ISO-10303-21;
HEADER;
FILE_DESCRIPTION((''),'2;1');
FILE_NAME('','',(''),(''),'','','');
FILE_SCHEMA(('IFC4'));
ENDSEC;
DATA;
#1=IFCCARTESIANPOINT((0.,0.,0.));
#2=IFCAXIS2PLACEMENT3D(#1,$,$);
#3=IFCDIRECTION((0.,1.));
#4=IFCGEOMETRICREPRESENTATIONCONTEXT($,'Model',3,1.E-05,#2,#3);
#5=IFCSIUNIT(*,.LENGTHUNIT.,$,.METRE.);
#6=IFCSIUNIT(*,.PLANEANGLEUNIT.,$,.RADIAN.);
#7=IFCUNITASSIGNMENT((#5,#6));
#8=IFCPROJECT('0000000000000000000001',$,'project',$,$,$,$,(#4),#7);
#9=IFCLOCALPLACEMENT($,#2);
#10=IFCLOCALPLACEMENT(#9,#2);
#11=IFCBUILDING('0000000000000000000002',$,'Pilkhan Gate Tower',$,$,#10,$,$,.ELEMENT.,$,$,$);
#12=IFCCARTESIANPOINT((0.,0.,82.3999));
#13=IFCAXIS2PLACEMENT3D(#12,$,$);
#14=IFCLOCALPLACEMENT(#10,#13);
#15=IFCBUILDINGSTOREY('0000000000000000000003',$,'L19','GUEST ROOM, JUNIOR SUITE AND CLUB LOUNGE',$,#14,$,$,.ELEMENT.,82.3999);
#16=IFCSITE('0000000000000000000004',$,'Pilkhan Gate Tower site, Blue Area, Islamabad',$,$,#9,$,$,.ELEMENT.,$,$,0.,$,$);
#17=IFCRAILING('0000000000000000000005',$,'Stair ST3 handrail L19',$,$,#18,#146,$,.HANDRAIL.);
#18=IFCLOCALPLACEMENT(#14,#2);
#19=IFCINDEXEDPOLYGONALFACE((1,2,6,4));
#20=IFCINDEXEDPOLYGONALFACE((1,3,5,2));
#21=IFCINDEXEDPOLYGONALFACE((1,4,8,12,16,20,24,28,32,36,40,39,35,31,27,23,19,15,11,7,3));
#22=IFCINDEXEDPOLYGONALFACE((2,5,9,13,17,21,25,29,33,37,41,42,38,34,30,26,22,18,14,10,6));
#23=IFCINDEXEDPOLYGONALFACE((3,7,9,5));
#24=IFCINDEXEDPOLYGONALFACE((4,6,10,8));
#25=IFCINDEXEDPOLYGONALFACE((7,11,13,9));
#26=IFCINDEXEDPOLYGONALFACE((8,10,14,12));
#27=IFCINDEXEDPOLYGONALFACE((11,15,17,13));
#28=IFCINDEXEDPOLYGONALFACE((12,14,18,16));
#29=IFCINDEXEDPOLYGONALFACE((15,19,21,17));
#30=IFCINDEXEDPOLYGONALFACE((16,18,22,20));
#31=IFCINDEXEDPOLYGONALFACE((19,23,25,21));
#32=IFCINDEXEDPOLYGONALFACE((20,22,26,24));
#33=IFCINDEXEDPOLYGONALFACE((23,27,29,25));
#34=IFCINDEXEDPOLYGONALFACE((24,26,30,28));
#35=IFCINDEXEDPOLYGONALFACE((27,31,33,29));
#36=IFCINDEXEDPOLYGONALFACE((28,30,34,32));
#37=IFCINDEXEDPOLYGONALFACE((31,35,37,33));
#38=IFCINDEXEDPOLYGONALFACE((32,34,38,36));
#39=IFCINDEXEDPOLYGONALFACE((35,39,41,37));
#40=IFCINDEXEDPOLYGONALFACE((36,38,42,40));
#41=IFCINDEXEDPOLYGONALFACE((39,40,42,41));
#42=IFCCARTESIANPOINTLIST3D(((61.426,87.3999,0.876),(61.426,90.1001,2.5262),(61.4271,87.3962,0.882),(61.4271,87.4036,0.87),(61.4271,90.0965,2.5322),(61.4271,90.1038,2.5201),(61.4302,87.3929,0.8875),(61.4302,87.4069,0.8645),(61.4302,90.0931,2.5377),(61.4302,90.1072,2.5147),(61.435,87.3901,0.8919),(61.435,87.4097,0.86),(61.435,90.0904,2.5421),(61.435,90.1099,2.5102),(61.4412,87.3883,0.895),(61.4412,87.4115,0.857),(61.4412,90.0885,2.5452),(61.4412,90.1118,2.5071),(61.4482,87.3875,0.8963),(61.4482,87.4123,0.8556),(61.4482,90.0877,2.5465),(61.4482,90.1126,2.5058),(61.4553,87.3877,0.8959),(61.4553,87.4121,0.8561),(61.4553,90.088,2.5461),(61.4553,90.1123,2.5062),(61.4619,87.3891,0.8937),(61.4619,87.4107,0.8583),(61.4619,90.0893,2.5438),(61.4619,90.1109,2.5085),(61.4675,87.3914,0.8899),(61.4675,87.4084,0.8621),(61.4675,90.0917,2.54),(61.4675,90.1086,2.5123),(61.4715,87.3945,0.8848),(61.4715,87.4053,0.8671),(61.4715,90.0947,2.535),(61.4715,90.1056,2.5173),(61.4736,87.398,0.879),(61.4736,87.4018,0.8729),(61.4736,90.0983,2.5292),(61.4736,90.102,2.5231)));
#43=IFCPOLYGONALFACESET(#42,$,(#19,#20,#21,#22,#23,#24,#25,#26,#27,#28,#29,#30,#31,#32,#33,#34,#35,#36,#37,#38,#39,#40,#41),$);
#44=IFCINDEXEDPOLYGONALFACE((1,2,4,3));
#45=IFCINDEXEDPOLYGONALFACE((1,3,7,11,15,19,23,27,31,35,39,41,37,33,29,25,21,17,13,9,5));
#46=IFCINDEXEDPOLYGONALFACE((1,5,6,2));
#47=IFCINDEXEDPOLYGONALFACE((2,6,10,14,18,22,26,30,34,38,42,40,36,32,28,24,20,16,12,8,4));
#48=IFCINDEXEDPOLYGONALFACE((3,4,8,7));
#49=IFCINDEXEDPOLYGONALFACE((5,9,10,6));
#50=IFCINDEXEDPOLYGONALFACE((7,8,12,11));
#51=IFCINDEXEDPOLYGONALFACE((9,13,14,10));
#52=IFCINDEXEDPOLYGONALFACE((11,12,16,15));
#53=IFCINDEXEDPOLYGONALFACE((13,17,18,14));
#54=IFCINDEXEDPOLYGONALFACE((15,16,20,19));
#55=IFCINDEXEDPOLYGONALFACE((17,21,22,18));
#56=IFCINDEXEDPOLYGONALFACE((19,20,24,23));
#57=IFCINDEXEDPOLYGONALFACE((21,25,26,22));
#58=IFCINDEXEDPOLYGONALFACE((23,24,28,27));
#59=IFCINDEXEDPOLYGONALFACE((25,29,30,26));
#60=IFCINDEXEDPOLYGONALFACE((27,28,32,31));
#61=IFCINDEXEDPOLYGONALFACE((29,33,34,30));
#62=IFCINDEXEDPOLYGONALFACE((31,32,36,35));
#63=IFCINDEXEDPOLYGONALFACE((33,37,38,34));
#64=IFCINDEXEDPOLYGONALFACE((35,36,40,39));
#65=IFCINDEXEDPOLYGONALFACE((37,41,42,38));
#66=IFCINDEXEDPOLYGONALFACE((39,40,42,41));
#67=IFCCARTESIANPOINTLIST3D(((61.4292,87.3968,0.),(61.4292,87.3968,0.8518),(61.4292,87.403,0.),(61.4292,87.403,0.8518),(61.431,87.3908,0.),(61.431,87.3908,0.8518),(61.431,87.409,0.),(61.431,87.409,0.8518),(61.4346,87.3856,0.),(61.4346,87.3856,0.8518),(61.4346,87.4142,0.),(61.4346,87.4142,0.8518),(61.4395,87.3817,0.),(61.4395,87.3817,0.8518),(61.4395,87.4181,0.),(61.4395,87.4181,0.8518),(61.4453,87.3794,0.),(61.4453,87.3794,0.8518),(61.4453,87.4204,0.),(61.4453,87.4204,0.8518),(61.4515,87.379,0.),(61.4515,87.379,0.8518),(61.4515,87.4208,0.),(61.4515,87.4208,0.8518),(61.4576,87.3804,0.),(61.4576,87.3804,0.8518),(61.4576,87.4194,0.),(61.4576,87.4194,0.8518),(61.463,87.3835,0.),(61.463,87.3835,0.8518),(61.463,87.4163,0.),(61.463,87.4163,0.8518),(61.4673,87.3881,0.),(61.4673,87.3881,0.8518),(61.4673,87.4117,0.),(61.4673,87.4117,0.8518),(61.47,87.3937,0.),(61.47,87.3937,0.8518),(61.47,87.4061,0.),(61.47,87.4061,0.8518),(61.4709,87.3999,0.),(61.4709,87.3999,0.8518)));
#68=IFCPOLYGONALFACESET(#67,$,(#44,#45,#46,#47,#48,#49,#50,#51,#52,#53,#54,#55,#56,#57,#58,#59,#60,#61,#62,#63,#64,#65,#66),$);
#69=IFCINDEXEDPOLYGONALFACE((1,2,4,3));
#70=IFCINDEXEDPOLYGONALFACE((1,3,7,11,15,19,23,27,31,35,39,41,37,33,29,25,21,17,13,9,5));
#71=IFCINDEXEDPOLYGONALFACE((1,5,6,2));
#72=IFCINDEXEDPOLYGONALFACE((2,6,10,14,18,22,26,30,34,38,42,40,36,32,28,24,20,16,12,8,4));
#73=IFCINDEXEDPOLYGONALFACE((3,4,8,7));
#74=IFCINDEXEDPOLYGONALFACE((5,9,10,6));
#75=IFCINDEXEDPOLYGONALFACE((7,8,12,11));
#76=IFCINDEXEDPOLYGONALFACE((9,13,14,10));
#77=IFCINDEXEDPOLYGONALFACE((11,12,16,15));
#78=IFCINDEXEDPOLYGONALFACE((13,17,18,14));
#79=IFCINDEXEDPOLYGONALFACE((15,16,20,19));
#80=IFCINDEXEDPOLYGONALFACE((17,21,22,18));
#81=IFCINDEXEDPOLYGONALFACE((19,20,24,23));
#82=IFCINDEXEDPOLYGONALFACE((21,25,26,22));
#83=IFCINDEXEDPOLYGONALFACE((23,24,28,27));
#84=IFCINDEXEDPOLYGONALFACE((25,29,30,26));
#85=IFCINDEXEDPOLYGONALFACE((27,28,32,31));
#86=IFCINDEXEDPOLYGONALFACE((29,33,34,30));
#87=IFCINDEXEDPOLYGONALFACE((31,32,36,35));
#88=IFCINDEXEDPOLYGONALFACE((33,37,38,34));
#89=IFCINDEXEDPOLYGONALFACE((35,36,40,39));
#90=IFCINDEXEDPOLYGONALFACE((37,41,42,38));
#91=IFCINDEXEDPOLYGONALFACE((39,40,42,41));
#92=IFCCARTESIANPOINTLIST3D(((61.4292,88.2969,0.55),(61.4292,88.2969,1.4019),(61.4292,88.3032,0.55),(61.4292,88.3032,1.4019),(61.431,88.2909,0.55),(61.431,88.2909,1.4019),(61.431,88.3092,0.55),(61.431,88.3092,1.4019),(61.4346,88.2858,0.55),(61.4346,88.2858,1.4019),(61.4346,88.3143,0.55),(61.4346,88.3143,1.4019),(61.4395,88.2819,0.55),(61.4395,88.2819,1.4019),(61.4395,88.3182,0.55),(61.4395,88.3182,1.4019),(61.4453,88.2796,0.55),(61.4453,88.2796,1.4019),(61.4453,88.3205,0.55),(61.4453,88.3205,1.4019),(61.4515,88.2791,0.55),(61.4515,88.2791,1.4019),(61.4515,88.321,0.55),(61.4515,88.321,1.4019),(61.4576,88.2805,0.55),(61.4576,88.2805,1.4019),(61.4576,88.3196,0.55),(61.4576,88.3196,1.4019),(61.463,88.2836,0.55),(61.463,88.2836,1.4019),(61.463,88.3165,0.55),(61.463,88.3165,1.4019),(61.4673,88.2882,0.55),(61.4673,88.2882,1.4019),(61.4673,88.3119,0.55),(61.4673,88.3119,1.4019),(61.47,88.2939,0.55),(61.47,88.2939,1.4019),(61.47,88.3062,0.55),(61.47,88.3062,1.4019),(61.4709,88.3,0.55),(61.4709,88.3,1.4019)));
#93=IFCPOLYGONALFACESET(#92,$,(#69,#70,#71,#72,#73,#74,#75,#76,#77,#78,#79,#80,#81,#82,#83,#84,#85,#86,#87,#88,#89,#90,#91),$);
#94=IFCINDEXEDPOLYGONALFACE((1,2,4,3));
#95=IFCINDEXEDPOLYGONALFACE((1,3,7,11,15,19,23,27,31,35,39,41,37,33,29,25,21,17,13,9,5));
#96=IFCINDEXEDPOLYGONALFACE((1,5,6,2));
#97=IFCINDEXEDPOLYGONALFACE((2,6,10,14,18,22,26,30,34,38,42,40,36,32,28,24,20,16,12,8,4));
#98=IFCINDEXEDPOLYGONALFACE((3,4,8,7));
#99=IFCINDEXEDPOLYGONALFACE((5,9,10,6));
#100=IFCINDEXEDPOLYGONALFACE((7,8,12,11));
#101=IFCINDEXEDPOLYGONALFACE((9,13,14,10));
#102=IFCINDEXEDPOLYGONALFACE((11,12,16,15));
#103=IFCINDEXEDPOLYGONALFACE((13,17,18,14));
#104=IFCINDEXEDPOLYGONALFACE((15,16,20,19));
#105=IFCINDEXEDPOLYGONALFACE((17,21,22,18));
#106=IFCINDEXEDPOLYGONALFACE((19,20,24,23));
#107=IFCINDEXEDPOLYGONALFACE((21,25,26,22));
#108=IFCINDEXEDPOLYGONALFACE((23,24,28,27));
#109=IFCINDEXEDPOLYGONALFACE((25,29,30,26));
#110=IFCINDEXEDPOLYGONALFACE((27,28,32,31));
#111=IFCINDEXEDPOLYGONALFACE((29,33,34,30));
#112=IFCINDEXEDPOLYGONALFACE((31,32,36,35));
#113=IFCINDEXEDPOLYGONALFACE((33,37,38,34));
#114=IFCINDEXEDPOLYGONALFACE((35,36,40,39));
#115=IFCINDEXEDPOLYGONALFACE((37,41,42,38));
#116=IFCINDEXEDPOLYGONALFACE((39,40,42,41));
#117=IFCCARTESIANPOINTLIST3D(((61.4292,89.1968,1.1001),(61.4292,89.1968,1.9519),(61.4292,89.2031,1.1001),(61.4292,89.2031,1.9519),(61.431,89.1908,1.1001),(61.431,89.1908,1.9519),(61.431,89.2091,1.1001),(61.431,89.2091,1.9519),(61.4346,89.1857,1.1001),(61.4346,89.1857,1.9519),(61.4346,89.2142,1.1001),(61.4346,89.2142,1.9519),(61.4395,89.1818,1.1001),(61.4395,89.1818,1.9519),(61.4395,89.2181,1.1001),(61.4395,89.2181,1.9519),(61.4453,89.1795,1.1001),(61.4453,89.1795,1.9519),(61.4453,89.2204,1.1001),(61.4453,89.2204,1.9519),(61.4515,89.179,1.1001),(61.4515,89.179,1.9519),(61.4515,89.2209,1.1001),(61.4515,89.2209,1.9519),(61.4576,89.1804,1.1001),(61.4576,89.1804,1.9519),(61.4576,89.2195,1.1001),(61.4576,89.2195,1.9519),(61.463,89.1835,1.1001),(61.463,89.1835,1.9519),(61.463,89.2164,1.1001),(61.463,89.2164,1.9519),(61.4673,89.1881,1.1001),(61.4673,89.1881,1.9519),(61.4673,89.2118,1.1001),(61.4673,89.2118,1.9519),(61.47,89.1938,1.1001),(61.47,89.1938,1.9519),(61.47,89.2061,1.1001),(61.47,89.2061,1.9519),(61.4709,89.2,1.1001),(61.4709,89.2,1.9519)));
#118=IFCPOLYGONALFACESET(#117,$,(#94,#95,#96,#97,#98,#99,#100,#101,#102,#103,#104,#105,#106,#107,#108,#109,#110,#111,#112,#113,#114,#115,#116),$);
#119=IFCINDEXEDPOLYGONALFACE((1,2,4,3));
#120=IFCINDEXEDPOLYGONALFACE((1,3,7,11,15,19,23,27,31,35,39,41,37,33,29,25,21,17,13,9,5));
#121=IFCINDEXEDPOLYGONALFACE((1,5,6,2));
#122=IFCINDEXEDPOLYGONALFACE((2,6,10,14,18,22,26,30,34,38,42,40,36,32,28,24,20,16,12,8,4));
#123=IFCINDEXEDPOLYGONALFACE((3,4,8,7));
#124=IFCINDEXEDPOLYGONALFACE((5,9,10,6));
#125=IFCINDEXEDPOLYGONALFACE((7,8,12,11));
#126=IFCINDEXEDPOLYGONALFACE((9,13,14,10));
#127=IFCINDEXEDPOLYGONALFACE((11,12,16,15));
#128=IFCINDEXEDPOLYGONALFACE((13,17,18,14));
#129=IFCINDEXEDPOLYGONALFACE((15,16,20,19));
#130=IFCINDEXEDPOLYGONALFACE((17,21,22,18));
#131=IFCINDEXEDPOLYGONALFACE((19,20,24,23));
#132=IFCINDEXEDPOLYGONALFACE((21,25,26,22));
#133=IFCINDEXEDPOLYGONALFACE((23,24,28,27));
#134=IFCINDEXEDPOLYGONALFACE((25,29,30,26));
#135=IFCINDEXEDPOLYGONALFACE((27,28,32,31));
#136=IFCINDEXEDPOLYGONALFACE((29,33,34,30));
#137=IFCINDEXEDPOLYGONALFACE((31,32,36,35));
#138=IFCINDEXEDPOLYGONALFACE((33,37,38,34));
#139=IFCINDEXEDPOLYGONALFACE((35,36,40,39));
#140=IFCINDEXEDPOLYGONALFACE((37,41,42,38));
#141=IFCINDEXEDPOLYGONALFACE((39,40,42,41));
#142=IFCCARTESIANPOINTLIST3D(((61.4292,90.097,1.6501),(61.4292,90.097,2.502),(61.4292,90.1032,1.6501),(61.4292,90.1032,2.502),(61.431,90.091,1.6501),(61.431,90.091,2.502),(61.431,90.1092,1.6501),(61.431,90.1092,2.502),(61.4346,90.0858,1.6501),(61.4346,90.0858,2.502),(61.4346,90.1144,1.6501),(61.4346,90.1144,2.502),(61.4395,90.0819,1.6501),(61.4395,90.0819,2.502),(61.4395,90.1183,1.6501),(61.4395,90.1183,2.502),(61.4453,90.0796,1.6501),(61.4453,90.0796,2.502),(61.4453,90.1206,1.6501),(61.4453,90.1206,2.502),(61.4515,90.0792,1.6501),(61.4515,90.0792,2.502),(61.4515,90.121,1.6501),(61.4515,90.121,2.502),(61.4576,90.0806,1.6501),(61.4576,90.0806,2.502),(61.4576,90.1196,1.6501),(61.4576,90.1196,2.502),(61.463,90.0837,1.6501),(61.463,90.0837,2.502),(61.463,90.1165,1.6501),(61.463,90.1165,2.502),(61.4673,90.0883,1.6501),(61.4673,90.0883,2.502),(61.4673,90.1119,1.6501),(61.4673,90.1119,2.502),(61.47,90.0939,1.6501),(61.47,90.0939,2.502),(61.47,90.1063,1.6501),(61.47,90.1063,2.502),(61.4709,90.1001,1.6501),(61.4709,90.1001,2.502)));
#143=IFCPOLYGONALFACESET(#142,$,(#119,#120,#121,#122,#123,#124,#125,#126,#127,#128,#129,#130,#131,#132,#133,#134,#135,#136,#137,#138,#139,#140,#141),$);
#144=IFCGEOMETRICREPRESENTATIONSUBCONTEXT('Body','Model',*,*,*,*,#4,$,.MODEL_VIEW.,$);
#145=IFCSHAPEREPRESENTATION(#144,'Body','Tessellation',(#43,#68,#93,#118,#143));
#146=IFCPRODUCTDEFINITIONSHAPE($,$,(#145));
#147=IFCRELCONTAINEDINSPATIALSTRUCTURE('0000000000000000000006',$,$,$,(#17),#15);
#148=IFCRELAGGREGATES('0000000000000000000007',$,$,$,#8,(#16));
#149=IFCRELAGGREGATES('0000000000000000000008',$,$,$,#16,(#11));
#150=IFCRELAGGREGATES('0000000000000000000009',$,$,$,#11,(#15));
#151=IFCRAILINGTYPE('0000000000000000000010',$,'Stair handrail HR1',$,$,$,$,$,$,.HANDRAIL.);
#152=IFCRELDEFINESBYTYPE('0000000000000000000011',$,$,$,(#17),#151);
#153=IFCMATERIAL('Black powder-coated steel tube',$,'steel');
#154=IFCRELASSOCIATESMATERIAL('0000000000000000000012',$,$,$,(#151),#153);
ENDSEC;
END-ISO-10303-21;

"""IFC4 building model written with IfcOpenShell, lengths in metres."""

from ifc_helpers import new_model, si_unit, direction, frame, origin, origin_2d, place, context, subcontext, project, spatial, circle, extrude, material, type_object, element, save


model = new_model("IFC4")

# Units and contexts
model_context = context("Model", 3, precision=1e-05, world=origin(), true_north=direction((0.0, 1.0)))
body_context = subcontext(model_context, "Body", "Model", "MODEL_VIEW")
ifc_project = project(units=[si_unit("LENGTHUNIT", "METRE"), si_unit("PLANEANGLEUNIT", "RADIAN")], contexts=[model_context])

# Site, building, storey
site_placement = place(None, origin())
site = spatial("IfcSite", under=ifc_project, at=site_placement, Name="Pilkhan Gate Tower site, Blue Area, Islamabad", CompositionType="ELEMENT", RefElevation=0.0)
building_placement = place(site_placement, origin())
building = spatial("IfcBuilding", under=site, at=building_placement, Name="Pilkhan Gate Tower", CompositionType="ELEMENT")
storey_placement = place(building_placement, frame((0.0, 0.0, 82.3999)))
storey = spatial("IfcBuildingStorey", under=building, at=storey_placement, Name="L19", Description="GUEST ROOM, JUNIOR SUITE AND CLUB LOUNGE", CompositionType="ELEMENT", Elevation=82.3999)

# Railing
ifc_material_1 = material(Name="Black powder-coated steel tube", Category="steel")
railing_type_1 = type_object("IfcRailingType", Name="Stair handrail HR1", PredefinedType="HANDRAIL", material=ifc_material_1)
railing_1_placement = place(storey_placement, frame((61.45, 87.3999, 0.0)))
element("IfcRailing", 1, at=railing_1_placement, inside=storey, type_object=railing_type_1, Name="Stair ST3 handrail L19", PredefinedType="HANDRAIL", context=body_context, shape_type="SweptSolid", body=[
    extrude(circle(Radius=0.0239, at=origin_2d()), frame((0.0, 0.0, 0.876), z_axis=(0.0, 0.853278, 0.521456), x_axis=(-1.0, 0.0, 0.0)), (0.0, 0.0, 1.0), 3.1646),
    extrude(circle(Radius=0.021, at=origin_2d()), origin(), (0.0, 0.0, 1.0), 0.8518),
    extrude(circle(Radius=0.021, at=origin_2d()), frame((0.0, 0.9001, 0.55)), (0.0, 0.0, 1.0), 0.8518),
    extrude(circle(Radius=0.021, at=origin_2d()), frame((0.0, 1.8, 1.1001)), (0.0, 0.0, 1.0), 0.8518),
    extrude(circle(Radius=0.021, at=origin_2d()), frame((0.0, 2.7002, 1.6501)), (0.0, 0.0, 1.0), 0.8518),
])

save(model, "model.ifc")
